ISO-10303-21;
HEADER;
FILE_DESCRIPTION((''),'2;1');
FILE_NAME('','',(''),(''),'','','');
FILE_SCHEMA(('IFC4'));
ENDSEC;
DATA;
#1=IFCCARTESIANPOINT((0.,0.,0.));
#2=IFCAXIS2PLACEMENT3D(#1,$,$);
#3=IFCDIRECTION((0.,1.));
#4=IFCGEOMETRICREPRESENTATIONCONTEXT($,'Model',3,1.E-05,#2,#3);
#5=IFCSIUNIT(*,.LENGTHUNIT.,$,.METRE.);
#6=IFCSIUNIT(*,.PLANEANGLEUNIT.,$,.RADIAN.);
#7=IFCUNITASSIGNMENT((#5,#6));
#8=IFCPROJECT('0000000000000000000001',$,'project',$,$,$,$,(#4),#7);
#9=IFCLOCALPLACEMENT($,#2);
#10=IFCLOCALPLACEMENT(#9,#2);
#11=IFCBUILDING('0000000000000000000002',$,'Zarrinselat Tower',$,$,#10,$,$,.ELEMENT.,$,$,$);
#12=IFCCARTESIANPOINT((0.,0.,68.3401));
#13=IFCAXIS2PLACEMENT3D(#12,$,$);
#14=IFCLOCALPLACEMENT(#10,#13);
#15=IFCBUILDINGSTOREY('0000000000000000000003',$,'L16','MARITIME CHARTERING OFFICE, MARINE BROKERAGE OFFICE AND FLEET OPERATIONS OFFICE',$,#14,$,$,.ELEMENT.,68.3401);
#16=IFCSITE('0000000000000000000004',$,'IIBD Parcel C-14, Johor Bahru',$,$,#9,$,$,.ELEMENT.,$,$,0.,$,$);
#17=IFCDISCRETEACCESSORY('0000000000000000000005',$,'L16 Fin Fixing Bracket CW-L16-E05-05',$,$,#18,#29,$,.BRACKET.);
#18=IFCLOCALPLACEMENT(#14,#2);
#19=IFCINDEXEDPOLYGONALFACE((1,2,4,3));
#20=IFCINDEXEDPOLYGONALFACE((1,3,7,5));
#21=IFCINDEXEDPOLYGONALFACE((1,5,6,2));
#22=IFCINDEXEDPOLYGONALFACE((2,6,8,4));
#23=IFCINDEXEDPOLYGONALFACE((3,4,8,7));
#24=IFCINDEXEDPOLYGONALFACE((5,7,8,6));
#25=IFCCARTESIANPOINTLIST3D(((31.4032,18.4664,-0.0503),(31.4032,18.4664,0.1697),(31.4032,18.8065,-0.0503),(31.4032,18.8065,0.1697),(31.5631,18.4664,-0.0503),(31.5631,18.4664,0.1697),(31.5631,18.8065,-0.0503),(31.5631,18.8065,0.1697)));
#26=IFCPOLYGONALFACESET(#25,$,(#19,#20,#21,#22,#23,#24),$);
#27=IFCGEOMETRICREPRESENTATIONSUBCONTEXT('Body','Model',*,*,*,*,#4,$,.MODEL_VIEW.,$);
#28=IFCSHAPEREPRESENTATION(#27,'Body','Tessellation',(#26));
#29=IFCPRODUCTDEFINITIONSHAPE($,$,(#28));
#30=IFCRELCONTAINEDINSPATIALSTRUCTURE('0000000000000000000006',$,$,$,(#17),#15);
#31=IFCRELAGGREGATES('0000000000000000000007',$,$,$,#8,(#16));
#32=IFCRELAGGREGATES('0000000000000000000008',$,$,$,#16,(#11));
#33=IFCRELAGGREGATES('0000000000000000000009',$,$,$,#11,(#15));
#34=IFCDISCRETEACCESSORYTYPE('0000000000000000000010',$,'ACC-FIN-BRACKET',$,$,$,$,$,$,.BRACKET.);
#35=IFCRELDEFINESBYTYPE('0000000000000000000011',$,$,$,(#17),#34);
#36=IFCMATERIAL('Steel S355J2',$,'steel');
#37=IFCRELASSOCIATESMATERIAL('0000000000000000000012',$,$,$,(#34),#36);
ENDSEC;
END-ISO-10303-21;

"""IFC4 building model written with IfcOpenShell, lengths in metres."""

from ifc_helpers import new_model, si_unit, direction, frame, origin, origin_2d, place, context, subcontext, project, spatial, rectangle, extrude, material, type_object, element, save


model = new_model("IFC4")

# Units and contexts
model_context = context("Model", 3, precision=1e-05, world=origin(), true_north=direction((0.0, 1.0)))
body_context = subcontext(model_context, "Body", "Model", "MODEL_VIEW")
ifc_project = project(units=[si_unit("LENGTHUNIT", "METRE"), si_unit("PLANEANGLEUNIT", "RADIAN")], contexts=[model_context])

# Site, building, storey
site_placement = place(None, origin())
site = spatial("IfcSite", under=ifc_project, at=site_placement, Name="IIBD Parcel C-14, Johor Bahru", CompositionType="ELEMENT", RefElevation=0.0)
building_placement = place(site_placement, origin())
building = spatial("IfcBuilding", under=site, at=building_placement, Name="Zarrinselat Tower", CompositionType="ELEMENT")
storey_placement = place(building_placement, frame((0.0, 0.0, 68.3401)))
storey = spatial("IfcBuildingStorey", under=building, at=storey_placement, Name="L16", Description="MARITIME CHARTERING OFFICE, MARINE BROKERAGE OFFICE AND FLEET OPERATIONS OFFICE", CompositionType="ELEMENT", Elevation=68.3401)

# Discrete accessory
ifc_material_1 = material(Name="Steel S355J2", Category="steel")
discrete_accessory_type = type_object("IfcDiscreteAccessoryType", Name="ACC-FIN-BRACKET", PredefinedType="BRACKET", material=ifc_material_1)
discrete_accessory_placement = place(storey_placement, frame((31.4832, 18.6365, -0.0503), z_axis=(0.0, 0.0, 1.0), x_axis=(0.0, -1.0, 0.0)))
element("IfcDiscreteAccessory", 1, at=discrete_accessory_placement, inside=storey, type_object=discrete_accessory_type, Name="L16 Fin Fixing Bracket CW-L16-E05-05", PredefinedType="BRACKET", context=body_context, shape_type="SweptSolid", body=[
    extrude(rectangle(XDim=0.3401, YDim=0.1599, at=origin_2d()), origin(), (0.0, 0.0, 1.0), 0.22),
])

save(model, "model.ifc")
